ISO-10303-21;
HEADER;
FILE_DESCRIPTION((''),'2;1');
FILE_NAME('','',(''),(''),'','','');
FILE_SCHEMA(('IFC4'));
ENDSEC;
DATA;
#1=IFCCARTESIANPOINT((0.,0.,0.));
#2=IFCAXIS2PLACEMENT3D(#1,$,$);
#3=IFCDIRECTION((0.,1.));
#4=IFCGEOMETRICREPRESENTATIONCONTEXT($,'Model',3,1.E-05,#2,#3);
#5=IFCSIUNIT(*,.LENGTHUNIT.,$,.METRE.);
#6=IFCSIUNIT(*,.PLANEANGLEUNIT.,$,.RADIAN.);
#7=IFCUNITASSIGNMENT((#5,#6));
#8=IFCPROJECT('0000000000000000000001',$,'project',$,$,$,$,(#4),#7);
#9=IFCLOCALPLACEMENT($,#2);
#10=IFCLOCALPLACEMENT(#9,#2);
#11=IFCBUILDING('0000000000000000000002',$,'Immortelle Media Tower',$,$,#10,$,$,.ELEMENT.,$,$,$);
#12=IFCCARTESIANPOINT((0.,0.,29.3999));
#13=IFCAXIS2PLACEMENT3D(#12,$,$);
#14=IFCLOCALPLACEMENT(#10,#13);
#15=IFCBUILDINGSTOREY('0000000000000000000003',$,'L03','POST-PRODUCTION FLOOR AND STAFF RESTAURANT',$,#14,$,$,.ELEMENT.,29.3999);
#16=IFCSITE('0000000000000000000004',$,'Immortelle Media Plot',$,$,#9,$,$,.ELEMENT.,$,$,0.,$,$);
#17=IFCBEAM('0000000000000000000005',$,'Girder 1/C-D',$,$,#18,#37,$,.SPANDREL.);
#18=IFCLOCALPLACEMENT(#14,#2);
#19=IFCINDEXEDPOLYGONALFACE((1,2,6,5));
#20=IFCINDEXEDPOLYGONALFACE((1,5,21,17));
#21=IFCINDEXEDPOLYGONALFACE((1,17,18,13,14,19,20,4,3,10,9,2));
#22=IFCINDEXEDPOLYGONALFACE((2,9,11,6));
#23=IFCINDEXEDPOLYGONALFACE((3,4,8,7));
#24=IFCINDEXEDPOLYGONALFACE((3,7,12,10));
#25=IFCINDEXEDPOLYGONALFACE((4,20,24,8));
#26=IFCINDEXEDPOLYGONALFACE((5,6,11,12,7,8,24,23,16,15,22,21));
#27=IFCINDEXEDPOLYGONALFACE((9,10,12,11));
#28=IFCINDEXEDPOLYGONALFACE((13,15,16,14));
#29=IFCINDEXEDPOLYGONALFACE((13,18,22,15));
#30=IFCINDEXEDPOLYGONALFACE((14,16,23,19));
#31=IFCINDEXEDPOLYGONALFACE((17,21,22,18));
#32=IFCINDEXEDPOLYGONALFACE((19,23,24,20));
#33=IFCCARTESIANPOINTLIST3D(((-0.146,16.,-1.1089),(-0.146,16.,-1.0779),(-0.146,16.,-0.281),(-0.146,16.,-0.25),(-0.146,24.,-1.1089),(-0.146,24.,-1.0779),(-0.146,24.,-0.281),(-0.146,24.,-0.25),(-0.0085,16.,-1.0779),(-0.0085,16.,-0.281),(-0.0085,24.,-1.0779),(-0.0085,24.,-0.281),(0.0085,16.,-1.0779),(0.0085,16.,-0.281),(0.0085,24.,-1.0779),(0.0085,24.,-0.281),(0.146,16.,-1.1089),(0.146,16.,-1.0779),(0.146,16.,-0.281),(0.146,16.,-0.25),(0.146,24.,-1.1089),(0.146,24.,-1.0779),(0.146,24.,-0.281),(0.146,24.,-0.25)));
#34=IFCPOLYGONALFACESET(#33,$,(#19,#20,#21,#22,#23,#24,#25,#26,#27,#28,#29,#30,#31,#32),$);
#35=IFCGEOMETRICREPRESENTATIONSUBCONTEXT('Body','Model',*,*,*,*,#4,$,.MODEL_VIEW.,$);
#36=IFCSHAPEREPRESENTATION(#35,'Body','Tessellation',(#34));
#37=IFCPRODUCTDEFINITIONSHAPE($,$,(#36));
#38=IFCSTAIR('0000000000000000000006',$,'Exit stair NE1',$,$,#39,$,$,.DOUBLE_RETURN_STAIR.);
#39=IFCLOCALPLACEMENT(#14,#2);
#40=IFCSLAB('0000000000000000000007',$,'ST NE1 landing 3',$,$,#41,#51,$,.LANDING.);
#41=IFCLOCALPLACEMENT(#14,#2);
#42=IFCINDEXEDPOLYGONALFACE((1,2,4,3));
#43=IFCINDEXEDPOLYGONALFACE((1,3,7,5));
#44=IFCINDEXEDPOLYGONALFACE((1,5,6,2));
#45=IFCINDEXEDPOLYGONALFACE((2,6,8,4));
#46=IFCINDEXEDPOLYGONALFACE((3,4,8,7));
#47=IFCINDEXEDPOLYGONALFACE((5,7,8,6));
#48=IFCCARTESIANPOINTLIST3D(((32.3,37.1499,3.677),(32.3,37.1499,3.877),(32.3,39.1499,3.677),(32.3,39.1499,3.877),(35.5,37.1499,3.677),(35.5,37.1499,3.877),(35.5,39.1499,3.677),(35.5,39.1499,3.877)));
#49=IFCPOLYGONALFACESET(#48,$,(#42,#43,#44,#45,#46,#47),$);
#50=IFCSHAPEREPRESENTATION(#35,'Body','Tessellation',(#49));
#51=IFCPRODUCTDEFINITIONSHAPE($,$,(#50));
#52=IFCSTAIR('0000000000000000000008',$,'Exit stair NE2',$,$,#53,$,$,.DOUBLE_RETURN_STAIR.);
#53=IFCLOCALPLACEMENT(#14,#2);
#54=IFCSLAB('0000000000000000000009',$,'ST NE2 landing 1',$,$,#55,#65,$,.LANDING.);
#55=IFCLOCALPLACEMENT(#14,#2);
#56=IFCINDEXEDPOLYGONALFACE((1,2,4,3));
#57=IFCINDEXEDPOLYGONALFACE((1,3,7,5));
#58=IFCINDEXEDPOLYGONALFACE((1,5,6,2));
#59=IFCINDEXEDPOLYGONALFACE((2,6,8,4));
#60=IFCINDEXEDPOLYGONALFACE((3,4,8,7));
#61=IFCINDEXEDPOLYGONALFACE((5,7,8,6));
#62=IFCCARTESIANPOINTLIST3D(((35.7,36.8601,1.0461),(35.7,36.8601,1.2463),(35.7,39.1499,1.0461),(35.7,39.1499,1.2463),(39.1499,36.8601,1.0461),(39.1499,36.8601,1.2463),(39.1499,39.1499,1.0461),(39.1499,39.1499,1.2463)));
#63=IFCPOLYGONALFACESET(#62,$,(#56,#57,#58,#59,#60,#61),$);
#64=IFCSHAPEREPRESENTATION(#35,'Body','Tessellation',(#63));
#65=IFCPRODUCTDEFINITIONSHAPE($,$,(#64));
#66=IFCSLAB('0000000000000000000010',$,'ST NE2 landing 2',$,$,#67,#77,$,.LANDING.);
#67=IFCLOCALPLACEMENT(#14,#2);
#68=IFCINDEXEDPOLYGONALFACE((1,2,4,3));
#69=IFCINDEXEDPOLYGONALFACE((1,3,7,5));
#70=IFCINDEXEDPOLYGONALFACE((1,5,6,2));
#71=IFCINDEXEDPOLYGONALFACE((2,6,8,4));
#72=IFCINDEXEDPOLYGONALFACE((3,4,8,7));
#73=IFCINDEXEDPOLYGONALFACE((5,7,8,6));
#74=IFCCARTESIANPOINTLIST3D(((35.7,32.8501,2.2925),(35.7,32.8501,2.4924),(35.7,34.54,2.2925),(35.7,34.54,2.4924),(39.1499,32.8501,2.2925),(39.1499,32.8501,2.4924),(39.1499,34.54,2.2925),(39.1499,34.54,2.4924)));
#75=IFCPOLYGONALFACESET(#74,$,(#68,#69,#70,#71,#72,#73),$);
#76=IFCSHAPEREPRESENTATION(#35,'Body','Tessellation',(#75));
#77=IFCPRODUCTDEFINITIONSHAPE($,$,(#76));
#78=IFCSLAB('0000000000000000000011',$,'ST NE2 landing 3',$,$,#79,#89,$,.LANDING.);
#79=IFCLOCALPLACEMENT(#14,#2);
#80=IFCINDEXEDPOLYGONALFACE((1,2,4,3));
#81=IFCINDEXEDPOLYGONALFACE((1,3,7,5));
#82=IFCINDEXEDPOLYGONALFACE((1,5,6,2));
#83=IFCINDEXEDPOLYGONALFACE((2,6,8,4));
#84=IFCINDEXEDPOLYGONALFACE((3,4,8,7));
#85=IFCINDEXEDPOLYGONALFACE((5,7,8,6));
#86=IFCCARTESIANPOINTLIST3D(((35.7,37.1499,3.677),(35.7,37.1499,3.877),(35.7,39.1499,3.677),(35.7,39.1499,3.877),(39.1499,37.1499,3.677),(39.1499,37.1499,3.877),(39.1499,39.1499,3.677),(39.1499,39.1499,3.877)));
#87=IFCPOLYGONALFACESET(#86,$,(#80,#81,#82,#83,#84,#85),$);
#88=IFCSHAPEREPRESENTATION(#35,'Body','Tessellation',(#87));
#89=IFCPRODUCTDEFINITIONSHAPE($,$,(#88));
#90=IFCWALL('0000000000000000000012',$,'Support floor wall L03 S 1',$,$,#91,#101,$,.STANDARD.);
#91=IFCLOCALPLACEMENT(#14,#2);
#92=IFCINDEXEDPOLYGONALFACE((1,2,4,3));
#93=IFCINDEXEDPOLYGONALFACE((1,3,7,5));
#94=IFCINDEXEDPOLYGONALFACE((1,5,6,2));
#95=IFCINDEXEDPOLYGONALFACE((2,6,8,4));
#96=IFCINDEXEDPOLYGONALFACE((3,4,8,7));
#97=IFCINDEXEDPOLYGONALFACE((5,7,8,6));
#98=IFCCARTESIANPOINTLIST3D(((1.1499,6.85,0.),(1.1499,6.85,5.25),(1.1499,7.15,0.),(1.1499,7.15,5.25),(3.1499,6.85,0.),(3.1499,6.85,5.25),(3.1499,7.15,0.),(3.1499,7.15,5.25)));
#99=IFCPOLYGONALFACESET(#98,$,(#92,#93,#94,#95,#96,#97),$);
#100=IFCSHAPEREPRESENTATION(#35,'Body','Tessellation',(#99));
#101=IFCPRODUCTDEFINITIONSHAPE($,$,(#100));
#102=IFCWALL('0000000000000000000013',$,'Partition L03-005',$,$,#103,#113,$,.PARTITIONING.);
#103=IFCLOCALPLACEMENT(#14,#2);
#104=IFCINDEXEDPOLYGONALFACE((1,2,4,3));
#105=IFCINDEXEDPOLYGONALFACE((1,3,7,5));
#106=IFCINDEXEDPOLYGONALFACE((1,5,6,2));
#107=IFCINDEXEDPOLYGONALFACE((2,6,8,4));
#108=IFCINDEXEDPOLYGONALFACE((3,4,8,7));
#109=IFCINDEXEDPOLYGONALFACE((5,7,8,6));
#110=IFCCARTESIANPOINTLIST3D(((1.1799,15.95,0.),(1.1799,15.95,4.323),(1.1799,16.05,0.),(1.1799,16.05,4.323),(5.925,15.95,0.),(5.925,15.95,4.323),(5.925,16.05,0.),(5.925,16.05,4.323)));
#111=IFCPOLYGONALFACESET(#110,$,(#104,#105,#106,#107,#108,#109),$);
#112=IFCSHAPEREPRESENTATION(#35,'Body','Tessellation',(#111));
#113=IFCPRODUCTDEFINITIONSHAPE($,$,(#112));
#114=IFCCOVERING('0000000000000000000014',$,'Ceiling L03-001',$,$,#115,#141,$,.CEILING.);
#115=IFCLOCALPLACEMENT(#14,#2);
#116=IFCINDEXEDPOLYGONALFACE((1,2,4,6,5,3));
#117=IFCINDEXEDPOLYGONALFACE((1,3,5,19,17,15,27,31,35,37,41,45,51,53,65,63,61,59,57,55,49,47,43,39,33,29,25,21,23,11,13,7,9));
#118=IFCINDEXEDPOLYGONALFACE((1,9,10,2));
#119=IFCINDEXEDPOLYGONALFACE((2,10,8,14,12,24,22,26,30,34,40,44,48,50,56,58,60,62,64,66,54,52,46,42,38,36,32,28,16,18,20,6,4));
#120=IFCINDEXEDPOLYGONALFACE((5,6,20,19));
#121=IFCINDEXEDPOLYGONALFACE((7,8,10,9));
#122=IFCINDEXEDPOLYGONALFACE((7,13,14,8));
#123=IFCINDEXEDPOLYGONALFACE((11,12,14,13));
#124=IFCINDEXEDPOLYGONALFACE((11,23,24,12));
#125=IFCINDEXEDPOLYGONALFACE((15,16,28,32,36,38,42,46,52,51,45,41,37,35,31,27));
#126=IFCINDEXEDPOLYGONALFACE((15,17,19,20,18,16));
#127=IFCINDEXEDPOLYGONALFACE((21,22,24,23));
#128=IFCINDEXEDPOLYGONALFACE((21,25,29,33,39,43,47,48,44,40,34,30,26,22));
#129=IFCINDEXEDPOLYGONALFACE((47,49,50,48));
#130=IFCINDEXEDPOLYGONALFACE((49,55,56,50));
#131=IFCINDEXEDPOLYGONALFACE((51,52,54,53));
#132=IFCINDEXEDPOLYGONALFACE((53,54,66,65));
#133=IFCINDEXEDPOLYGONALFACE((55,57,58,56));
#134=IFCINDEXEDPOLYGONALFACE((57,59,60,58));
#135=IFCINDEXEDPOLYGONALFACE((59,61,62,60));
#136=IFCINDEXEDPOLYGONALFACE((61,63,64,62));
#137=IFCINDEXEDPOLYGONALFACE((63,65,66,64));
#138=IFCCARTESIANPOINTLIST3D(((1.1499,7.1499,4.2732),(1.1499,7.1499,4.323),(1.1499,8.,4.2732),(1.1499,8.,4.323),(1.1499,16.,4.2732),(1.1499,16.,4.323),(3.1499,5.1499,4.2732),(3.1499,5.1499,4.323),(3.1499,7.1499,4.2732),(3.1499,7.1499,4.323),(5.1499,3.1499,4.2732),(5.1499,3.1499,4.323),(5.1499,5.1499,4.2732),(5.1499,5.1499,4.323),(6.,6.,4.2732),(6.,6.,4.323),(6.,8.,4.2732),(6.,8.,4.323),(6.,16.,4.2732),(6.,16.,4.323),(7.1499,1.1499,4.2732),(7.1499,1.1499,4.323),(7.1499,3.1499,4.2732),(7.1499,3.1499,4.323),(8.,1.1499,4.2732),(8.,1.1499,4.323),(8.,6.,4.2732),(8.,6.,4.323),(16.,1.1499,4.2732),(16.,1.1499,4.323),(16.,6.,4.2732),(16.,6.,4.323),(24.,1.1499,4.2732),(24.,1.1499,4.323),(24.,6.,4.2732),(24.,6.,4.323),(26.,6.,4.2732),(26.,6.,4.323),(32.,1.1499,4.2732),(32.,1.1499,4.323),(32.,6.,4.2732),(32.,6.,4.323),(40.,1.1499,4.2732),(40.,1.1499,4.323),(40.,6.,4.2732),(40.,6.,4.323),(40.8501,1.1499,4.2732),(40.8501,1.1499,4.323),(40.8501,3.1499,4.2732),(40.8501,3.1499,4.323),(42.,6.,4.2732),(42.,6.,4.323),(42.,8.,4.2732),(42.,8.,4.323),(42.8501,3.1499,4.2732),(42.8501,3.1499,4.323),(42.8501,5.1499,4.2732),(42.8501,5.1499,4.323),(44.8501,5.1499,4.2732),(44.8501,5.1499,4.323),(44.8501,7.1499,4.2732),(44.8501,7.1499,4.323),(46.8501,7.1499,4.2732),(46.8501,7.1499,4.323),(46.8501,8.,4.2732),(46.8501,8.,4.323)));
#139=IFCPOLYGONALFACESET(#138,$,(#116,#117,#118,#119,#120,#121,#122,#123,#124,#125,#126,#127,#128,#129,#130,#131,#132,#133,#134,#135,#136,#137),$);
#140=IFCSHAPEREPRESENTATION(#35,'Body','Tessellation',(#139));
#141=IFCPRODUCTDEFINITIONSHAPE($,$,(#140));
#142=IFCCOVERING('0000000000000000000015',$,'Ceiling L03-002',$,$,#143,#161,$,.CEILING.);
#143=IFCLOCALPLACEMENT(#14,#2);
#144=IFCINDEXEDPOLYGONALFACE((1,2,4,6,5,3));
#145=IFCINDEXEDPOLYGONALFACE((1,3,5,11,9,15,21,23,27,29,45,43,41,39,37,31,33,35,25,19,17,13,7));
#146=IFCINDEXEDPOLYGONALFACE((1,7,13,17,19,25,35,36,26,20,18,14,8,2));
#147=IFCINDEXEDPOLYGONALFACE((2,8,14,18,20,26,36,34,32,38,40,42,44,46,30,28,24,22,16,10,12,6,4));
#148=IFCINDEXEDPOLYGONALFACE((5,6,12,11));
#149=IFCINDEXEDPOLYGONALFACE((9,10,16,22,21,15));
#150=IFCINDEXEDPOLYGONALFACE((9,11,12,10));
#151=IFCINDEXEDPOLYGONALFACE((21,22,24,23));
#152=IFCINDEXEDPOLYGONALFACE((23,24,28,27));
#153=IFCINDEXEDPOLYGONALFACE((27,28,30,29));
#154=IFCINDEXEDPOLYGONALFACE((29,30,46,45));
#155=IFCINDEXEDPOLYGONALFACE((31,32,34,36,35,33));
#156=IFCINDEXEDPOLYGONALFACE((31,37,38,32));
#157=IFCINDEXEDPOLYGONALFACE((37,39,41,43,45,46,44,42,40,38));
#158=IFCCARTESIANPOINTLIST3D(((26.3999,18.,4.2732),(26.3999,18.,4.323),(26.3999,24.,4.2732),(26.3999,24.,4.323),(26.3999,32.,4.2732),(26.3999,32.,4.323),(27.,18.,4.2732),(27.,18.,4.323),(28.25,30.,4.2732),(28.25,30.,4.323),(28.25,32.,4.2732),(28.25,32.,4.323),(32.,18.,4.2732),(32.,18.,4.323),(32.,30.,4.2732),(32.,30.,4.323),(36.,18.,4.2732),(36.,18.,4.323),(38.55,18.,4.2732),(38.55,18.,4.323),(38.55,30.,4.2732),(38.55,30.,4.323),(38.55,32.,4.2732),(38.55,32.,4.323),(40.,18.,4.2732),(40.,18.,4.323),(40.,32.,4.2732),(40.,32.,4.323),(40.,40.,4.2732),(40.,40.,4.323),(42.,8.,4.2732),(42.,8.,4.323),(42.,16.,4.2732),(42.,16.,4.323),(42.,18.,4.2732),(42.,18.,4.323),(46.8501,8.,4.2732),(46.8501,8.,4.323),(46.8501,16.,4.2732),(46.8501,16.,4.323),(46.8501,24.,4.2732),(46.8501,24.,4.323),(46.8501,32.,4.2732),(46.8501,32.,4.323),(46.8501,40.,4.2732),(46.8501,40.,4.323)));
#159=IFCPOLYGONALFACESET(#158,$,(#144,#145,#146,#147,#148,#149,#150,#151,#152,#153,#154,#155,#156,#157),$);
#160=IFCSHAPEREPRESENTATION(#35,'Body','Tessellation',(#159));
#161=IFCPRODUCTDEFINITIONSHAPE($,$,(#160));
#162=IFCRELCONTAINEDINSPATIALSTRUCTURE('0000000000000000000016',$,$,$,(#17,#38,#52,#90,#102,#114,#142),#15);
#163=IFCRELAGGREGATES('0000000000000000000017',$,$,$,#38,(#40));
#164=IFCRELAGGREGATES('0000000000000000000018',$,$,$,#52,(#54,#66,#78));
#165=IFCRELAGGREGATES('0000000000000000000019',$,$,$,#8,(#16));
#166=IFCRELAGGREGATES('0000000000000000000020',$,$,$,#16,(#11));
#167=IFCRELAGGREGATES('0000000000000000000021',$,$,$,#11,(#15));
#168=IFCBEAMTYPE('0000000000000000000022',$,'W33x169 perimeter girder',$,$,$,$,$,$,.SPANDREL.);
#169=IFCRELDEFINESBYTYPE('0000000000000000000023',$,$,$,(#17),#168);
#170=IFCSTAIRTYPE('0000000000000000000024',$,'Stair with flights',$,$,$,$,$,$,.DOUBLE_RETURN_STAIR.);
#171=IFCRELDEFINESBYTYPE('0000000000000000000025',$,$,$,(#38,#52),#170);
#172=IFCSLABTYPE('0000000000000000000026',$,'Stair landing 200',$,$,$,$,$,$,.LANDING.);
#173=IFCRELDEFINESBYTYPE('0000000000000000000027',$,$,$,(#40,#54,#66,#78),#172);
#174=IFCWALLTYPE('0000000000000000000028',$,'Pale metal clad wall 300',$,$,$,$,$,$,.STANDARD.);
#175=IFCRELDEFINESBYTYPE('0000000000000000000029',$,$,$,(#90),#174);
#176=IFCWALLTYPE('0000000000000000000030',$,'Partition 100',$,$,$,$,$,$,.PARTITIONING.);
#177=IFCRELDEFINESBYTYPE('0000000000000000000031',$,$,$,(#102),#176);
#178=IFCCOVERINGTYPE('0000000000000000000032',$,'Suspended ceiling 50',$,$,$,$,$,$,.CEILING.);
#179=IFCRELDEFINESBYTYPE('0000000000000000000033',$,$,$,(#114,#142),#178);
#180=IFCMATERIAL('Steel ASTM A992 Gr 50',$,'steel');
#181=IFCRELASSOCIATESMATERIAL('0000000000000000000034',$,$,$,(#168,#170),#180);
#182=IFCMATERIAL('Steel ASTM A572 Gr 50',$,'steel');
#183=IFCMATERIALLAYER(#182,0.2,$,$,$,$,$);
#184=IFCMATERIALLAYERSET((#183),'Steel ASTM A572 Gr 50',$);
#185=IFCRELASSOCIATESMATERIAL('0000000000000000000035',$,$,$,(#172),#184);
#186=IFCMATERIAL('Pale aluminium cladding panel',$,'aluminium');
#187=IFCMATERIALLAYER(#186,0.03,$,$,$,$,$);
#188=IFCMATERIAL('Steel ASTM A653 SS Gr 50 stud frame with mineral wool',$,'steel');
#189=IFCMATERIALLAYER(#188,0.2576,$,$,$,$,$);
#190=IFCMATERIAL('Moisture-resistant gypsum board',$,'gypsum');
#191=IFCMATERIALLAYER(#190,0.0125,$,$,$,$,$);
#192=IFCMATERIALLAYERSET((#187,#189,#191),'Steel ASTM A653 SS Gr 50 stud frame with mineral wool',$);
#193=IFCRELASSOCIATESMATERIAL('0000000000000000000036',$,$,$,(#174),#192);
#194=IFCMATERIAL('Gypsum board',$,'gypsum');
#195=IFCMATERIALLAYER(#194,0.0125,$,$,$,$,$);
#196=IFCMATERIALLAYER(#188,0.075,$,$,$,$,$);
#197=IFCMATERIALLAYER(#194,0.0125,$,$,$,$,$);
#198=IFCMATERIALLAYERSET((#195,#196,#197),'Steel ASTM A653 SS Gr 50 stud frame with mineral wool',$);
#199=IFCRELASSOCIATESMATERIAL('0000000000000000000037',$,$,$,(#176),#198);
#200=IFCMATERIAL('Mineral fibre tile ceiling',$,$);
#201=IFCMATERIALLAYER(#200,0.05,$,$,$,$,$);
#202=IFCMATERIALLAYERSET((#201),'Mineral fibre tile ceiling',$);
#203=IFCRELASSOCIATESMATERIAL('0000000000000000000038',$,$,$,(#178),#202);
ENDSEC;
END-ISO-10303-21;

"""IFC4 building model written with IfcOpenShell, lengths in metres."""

from ifc_helpers import new_model, si_unit, direction, frame, frame_2d, origin, origin_2d, place, context, subcontext, project, spatial, polyline, rectangle, i_section, outline, extrude, material, layer, layer_set, material_profile, profile_set, type_object, element, aggregate, save


model = new_model("IFC4")

# Units and contexts
model_context = context("Model", 3, precision=1e-05, world=origin(), true_north=direction((0.0, 1.0)))
body_context = subcontext(model_context, "Body", "Model", "MODEL_VIEW")
ifc_project = project(units=[si_unit("LENGTHUNIT", "METRE"), si_unit("PLANEANGLEUNIT", "RADIAN")], contexts=[model_context])

# Site, building, storey
site_placement = place(None, origin())
site = spatial("IfcSite", under=ifc_project, at=site_placement, Name="Immortelle Media Plot", CompositionType="ELEMENT", RefElevation=0.0)
building_placement = place(site_placement, origin())
building = spatial("IfcBuilding", under=site, at=building_placement, Name="Immortelle Media Tower", CompositionType="ELEMENT")
storey_placement = place(building_placement, frame((0.0, 0.0, 29.3999)))
storey = spatial("IfcBuildingStorey", under=building, at=storey_placement, Name="L03", Description="POST-PRODUCTION FLOOR AND STAFF RESTAURANT", CompositionType="ELEMENT", Elevation=29.3999)

# Shared definitions
ifc_material_1 = material(Name="Steel ASTM A992 Gr 50", Category="steel")

# Beam
ifc_material_profile_1 = material_profile(ifc_material_1, i_section(OverallWidth=0.292, OverallDepth=0.8589, WebThickness=0.0171, FlangeThickness=0.031, at=origin_2d()), Name="W33x169")
ifc_profile_set_1 = profile_set([ifc_material_profile_1], Name="Steel ASTM A992 Gr 50")
beam_type_1 = type_object("IfcBeamType", Name="W33x169 perimeter girder", PredefinedType="SPANDREL", material=ifc_profile_set_1)
for number, where, z_axis, x_axis, name in (
    (1, (0.0, 16.0, -0.6794), (0.0, 1.0, 0.0), (-1.0, 0.0, 0.0), "Girder 1/C-D"),
):
    element("IfcBeam", number, at=place(storey_placement, frame(where, z_axis=z_axis, x_axis=x_axis)), inside=storey, type_object=beam_type_1, Name=name, PredefinedType="SPANDREL", context=body_context, shape_type="SweptSolid", body=[
        extrude(i_section(OverallWidth=0.292, OverallDepth=0.8589, WebThickness=0.0171, FlangeThickness=0.031, at=origin_2d()), origin(), (0.0, 0.0, 1.0), 8.0),
    ])

# Stair, slab
stair_type = type_object("IfcStairType", Name="Stair with flights", PredefinedType="DOUBLE_RETURN_STAIR", material=ifc_material_1)
stair_1_placement = place(storey_placement, origin())
stair_1 = element("IfcStair", 2, at=stair_1_placement, inside=storey, type_object=stair_type, Name="Exit stair NE1", PredefinedType="DOUBLE_RETURN_STAIR")
ifc_material_2 = material(Name="Steel ASTM A572 Gr 50", Category="steel")
ifc_layer_1 = layer(ifc_material_2, 0.2)
ifc_layer_set_1 = layer_set([ifc_layer_1], Name="Steel ASTM A572 Gr 50")
slab_type = type_object("IfcSlabType", Name="Stair landing 200", PredefinedType="LANDING", material=ifc_layer_set_1)
slab_1_placement = place(storey_placement, frame((0.0, 0.0, 3.677)))
slab_1 = element("IfcSlab", 3, at=slab_1_placement, type_object=slab_type, Name="ST NE1 landing 3", PredefinedType="LANDING", context=body_context, shape_type="SweptSolid", body=[
    extrude(outline(polyline([(32.3, 37.1499), (35.5, 37.1499), (35.5, 39.1499), (32.3, 39.1499), (32.3, 37.1499)])), origin(), (0.0, 0.0, 1.0), 0.2),
])
aggregate(stair_1, [slab_1])

# Stair, slabs
stair_2_placement = place(storey_placement, origin())
stair_2 = element("IfcStair", 4, at=stair_2_placement, inside=storey, type_object=stair_type, Name="Exit stair NE2", PredefinedType="DOUBLE_RETURN_STAIR")
slab_2_placement = place(storey_placement, frame((0.0, 0.0, 1.0461)))
slab_2 = element("IfcSlab", 5, at=slab_2_placement, type_object=slab_type, Name="ST NE2 landing 1", PredefinedType="LANDING", context=body_context, shape_type="SweptSolid", body=[
    extrude(outline(polyline([(35.7, 36.8601), (39.1499, 36.8601), (39.1499, 39.1499), (35.7, 39.1499), (35.7, 36.8601)])), origin(), (0.0, 0.0, 1.0), 0.2002),
])
slab_3_placement = place(storey_placement, frame((0.0, 0.0, 2.2925)))
slab_3 = element("IfcSlab", 6, at=slab_3_placement, type_object=slab_type, Name="ST NE2 landing 2", PredefinedType="LANDING", context=body_context, shape_type="SweptSolid", body=[
    extrude(outline(polyline([(35.7, 32.8501), (39.1499, 32.8501), (39.1499, 34.54), (35.7, 34.54), (35.7, 32.8501)])), origin(), (0.0, 0.0, 1.0), 0.2),
])
slab_4_placement = place(storey_placement, frame((0.0, 0.0, 3.677)))
slab_4 = element("IfcSlab", 7, at=slab_4_placement, type_object=slab_type, Name="ST NE2 landing 3", PredefinedType="LANDING", context=body_context, shape_type="SweptSolid", body=[
    extrude(outline(polyline([(35.7, 37.1499), (39.1499, 37.1499), (39.1499, 39.1499), (35.7, 39.1499), (35.7, 37.1499)])), origin(), (0.0, 0.0, 1.0), 0.2),
])
aggregate(stair_2, [slab_2, slab_3, slab_4])

# Walls
ifc_material_3 = material(Name="Pale aluminium cladding panel", Category="aluminium")
ifc_layer_2 = layer(ifc_material_3, 0.03)
ifc_material_4 = material(Name="Steel ASTM A653 SS Gr 50 stud frame with mineral wool", Category="steel")
ifc_layer_3 = layer(ifc_material_4, 0.2576)
ifc_material_5 = material(Name="Moisture-resistant gypsum board", Category="gypsum")
ifc_layer_4 = layer(ifc_material_5, 0.0125)
ifc_layer_set_2 = layer_set([ifc_layer_2, ifc_layer_3, ifc_layer_4], Name="Steel ASTM A653 SS Gr 50 stud frame with mineral wool")
wall_type_1 = type_object("IfcWallType", Name="Pale metal clad wall 300", PredefinedType="STANDARD", material=ifc_layer_set_2)
wall_1_placement = place(storey_placement, frame((1.1499, 7.0, 0.0), z_axis=(0.0, 0.0, 1.0), x_axis=(1.0, 0.0, 0.0)))
element("IfcWall", 8, at=wall_1_placement, inside=storey, type_object=wall_type_1, Name="Support floor wall L03 S 1", PredefinedType="STANDARD", context=body_context, shape_type="SweptSolid", body=[
    extrude(rectangle(XDim=2.0, YDim=0.3, at=frame_2d((1.0, 0.0))), origin(), (0.0, 0.0, 1.0), 5.25),
])
ifc_material_6 = material(Name="Gypsum board", Category="gypsum")
ifc_layer_5 = layer(ifc_material_6, 0.0125)
ifc_layer_6 = layer(ifc_material_4, 0.075)
ifc_layer_7 = layer(ifc_material_6, 0.0125)
ifc_layer_set_3 = layer_set([ifc_layer_5, ifc_layer_6, ifc_layer_7], Name="Steel ASTM A653 SS Gr 50 stud frame with mineral wool")
wall_type_2 = type_object("IfcWallType", Name="Partition 100", PredefinedType="PARTITIONING", material=ifc_layer_set_3)
wall_2_placement = place(storey_placement, frame((1.1799, 16.0, 0.0), z_axis=(0.0, 0.0, 1.0), x_axis=(1.0, 0.0, 0.0)))
element("IfcWall", 9, at=wall_2_placement, inside=storey, type_object=wall_type_2, Name="Partition L03-005", PredefinedType="PARTITIONING", context=body_context, shape_type="SweptSolid", body=[
    extrude(rectangle(XDim=4.7451, YDim=0.1001, at=frame_2d((2.3726, 0.0))), origin(), (0.0, 0.0, 1.0), 4.323),
])

# Coverings
ifc_material_7 = material(Name="Mineral fibre tile ceiling")
ifc_layer_8 = layer(ifc_material_7, 0.05)
ifc_layer_set_4 = layer_set([ifc_layer_8], Name="Mineral fibre tile ceiling")
covering_type = type_object("IfcCoveringType", Name="Suspended ceiling 50", PredefinedType="CEILING", material=ifc_layer_set_4)
covering_1_placement = place(storey_placement, frame((0.0, 0.0, 4.2732)))
element("IfcCovering", 10, at=covering_1_placement, inside=storey, type_object=covering_type, Name="Ceiling L03-001", PredefinedType="CEILING", context=body_context, shape_type="SweptSolid", body=[
    extrude(outline(polyline([(40.0, 6.0), (42.0, 6.0), (42.0, 8.0), (46.8501, 8.0), (46.8501, 7.1499), (44.8501, 7.1499), (44.8501, 5.1499), (42.8501, 5.1499), (42.8501, 3.1499), (40.8501, 3.1499), (40.8501, 1.1499), (40.0, 1.1499), (32.0, 1.1499), (24.0, 1.1499), (16.0, 1.1499), (8.0, 1.1499), (7.1499, 1.1499), (7.1499, 3.1499), (5.1499, 3.1499), (5.1499, 5.1499), (3.1499, 5.1499), (3.1499, 7.1499), (1.1499, 7.1499), (1.1499, 8.0), (1.1499, 16.0), (6.0, 16.0), (6.0, 8.0), (6.0, 6.0), (8.0, 6.0), (16.0, 6.0), (24.0, 6.0), (26.0, 6.0), (32.0, 6.0), (40.0, 6.0)])), origin(), (0.0, 0.0, 1.0), 0.0498),
])
covering_2_placement = place(storey_placement, frame((0.0, 0.0, 4.2732)))
element("IfcCovering", 11, at=covering_2_placement, inside=storey, type_object=covering_type, Name="Ceiling L03-002", PredefinedType="CEILING", context=body_context, shape_type="SweptSolid", body=[
    extrude(outline(polyline([(27.0, 18.0), (26.3999, 18.0), (26.3999, 24.0), (26.3999, 32.0), (28.25, 32.0), (28.25, 30.0), (32.0, 30.0), (38.55, 30.0), (38.55, 32.0), (40.0, 32.0), (40.0, 40.0), (46.8501, 40.0), (46.8501, 32.0), (46.8501, 24.0), (46.8501, 16.0), (46.8501, 8.0), (42.0, 8.0), (42.0, 16.0), (42.0, 18.0), (40.0, 18.0), (38.55, 18.0), (36.0, 18.0), (32.0, 18.0), (27.0, 18.0)])), origin(), (0.0, 0.0, 1.0), 0.0498),
])

save(model, "model.ifc")
